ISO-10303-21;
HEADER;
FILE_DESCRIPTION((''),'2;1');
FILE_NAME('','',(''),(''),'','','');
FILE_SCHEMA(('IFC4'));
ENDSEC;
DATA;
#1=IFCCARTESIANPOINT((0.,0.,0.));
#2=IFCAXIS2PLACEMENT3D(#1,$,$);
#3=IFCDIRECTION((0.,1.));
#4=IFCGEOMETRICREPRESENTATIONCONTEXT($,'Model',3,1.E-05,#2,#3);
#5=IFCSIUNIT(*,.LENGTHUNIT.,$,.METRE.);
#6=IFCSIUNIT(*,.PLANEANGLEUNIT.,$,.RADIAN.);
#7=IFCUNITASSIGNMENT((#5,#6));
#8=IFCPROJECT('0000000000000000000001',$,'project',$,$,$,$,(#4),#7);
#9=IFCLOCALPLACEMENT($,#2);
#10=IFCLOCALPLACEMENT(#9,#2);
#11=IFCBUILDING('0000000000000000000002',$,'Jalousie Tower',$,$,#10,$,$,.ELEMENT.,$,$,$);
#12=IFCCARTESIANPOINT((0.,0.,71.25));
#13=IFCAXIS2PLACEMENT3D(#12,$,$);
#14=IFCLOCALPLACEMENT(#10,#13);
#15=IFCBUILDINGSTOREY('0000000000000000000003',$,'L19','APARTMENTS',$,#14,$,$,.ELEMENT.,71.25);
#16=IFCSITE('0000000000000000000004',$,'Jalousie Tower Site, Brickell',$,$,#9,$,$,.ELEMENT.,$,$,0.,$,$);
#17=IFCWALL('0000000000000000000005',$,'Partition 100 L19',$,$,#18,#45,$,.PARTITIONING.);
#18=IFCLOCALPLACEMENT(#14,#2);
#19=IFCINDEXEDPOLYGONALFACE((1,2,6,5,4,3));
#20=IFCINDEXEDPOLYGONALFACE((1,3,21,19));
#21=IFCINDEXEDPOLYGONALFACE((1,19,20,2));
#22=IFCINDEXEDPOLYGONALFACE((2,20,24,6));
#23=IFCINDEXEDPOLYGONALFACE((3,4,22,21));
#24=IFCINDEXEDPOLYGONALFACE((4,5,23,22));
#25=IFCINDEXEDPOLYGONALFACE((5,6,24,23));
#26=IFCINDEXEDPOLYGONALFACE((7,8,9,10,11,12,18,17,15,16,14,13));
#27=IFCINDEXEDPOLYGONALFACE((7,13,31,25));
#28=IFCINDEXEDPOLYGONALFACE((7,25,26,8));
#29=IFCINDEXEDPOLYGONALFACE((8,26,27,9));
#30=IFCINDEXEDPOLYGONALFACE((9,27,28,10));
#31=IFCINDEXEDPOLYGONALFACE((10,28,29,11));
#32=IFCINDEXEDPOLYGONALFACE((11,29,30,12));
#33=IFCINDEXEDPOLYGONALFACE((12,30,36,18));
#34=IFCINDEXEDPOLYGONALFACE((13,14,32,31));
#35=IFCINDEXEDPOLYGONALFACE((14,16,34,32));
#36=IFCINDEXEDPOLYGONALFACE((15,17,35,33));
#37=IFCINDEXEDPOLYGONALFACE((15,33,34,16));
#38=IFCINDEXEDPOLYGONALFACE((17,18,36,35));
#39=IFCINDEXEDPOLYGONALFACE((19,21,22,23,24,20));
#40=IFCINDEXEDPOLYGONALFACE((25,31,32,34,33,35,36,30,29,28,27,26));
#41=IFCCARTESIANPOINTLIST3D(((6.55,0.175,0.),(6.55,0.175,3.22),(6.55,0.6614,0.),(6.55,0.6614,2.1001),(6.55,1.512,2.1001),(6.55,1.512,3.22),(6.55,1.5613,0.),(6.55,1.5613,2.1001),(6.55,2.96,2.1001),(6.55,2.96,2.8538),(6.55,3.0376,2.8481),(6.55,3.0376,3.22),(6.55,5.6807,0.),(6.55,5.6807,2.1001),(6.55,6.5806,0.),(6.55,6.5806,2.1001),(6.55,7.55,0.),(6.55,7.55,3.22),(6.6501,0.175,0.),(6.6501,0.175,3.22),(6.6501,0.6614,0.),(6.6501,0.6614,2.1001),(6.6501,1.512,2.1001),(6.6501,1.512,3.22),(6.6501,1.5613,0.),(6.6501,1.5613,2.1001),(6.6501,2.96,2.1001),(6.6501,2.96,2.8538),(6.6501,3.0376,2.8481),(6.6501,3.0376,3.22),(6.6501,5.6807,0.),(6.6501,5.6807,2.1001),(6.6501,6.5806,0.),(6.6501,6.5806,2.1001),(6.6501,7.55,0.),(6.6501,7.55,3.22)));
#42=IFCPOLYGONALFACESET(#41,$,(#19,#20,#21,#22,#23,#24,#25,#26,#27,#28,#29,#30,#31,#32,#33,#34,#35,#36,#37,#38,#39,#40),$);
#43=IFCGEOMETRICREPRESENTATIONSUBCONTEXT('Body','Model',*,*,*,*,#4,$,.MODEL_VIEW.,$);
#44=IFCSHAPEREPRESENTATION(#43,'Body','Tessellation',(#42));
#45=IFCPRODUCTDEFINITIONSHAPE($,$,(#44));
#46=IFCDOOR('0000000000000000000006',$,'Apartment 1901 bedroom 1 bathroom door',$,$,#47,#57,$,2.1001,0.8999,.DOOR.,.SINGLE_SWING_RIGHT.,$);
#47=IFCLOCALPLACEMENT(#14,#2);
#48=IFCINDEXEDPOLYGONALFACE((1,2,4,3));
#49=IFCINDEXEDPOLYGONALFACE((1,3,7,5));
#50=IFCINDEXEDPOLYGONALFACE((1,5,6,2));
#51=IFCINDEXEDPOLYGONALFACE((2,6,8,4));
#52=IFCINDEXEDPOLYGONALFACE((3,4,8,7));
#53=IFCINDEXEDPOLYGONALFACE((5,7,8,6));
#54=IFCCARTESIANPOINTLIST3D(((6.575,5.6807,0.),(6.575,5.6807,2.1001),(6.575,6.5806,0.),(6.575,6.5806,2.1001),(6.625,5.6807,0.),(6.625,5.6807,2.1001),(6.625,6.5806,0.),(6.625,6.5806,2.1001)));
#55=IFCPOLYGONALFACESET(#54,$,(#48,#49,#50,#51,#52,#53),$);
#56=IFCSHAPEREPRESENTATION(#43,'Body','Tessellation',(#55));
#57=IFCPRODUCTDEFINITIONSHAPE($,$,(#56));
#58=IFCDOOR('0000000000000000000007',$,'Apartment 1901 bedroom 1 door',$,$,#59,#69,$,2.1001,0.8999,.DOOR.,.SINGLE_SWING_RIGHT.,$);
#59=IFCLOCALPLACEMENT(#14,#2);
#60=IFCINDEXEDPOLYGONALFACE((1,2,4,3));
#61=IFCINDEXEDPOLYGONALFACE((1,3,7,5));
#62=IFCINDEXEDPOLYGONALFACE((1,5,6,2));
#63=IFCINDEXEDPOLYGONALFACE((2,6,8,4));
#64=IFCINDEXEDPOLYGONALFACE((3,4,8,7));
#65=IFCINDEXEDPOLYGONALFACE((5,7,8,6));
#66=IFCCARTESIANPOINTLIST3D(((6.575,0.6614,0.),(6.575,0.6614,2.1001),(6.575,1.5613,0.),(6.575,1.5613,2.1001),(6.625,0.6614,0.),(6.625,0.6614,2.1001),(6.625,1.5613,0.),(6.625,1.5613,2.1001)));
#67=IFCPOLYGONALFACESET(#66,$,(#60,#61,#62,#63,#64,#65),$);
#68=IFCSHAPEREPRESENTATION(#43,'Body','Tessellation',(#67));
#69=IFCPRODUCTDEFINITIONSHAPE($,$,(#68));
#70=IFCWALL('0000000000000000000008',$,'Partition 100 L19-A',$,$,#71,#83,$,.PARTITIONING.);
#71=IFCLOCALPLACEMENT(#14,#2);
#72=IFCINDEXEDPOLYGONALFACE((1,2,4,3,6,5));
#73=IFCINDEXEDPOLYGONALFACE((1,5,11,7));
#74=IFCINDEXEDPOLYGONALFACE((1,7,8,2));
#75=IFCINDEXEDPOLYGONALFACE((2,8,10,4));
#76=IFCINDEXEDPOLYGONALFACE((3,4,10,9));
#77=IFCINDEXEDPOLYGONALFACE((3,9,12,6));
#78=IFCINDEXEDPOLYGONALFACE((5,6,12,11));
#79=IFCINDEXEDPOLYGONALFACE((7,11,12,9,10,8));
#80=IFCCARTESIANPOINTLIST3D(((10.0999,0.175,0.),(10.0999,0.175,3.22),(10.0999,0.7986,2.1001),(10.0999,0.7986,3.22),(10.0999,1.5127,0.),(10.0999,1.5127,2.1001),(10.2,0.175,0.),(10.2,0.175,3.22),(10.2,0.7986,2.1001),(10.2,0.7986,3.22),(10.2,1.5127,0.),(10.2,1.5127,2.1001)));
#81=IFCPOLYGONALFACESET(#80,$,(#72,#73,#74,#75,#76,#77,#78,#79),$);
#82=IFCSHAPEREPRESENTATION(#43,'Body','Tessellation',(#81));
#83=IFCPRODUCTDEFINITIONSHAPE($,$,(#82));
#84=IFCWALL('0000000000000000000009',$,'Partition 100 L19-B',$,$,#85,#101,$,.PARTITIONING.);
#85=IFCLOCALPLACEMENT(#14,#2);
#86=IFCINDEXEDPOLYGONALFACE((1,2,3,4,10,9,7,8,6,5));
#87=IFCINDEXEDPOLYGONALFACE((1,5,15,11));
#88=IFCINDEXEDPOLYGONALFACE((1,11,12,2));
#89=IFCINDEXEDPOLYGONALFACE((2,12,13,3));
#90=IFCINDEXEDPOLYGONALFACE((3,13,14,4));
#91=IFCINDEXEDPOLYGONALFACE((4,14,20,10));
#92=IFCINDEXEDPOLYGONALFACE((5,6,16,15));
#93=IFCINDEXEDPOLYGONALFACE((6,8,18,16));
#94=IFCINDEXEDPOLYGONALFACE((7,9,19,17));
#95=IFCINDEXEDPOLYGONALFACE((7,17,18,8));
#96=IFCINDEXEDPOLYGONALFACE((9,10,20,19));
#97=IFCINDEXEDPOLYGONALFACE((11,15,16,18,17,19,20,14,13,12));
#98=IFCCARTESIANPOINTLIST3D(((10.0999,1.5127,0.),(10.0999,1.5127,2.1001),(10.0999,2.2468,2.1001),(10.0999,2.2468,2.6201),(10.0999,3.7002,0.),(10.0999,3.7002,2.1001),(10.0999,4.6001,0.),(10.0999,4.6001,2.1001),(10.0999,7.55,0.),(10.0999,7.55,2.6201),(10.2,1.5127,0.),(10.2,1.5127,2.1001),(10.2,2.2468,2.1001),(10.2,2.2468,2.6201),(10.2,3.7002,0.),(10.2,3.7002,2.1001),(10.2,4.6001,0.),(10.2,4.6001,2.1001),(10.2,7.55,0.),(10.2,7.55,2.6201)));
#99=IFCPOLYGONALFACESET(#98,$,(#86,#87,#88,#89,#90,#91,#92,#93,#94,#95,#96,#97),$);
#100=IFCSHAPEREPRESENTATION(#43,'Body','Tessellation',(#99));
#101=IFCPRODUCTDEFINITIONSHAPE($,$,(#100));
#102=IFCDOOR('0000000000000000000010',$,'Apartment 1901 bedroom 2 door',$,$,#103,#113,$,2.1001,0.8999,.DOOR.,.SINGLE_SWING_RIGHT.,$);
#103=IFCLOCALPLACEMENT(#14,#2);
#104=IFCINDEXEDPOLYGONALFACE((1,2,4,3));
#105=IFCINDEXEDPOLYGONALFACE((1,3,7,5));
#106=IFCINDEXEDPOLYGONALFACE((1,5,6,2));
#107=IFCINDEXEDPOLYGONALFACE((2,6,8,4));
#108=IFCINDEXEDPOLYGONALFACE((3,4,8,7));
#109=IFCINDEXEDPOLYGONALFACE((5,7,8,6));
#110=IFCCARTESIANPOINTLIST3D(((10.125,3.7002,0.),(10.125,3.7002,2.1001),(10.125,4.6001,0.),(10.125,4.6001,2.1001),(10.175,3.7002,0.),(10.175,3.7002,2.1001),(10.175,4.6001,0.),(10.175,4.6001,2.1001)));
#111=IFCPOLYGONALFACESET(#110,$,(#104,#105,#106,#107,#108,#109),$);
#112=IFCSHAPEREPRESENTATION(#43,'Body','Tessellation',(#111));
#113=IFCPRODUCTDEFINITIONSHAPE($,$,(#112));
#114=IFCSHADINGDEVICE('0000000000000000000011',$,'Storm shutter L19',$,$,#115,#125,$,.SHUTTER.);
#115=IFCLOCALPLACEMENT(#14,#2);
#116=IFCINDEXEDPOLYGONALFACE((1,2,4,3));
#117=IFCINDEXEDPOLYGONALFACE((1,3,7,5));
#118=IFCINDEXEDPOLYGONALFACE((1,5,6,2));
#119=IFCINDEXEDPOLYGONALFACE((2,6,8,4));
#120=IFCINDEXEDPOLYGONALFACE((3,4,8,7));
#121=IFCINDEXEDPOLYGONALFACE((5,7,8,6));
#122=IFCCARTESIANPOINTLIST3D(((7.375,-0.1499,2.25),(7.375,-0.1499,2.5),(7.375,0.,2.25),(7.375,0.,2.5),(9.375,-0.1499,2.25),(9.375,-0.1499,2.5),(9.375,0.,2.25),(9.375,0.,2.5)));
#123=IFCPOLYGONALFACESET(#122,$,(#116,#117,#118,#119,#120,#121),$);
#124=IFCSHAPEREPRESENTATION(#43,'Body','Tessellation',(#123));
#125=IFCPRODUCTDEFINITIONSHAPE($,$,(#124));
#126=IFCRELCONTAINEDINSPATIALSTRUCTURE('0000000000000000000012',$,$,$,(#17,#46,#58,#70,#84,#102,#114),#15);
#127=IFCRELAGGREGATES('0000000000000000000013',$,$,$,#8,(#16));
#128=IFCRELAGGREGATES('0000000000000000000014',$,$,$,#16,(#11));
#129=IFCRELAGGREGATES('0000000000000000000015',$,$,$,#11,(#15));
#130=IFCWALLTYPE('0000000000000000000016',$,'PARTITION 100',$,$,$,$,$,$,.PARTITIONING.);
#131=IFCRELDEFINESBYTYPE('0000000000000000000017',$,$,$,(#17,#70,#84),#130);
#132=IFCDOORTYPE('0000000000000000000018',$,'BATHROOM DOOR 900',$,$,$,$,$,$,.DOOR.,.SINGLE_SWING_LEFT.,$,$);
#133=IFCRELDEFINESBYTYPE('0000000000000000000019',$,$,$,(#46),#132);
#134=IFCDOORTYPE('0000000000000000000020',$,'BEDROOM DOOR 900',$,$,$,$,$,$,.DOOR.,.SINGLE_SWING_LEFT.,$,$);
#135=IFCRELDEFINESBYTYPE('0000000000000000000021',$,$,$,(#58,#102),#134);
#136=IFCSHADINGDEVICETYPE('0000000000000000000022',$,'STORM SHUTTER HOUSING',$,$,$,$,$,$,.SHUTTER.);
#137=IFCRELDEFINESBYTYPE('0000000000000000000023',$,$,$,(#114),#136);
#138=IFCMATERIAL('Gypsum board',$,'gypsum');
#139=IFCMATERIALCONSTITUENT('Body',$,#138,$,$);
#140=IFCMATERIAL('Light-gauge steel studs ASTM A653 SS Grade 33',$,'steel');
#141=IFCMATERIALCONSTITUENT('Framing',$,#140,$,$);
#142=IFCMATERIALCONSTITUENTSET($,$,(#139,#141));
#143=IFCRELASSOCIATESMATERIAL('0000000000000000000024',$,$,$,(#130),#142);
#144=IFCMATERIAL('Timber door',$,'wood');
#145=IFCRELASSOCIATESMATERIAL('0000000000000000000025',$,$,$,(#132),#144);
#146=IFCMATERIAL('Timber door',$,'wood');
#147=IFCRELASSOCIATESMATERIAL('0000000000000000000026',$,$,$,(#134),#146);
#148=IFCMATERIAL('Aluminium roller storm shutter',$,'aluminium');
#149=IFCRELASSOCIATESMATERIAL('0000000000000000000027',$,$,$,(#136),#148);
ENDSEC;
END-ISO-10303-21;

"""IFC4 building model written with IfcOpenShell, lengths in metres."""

from ifc_helpers import new_model, si_unit, direction, frame, frame_2d, origin, origin_2d, place, context, subcontext, project, spatial, polyline, rectangle, outline, extrude, material, constituent, constituent_set, type_object, element, fill, save


model = new_model("IFC4")

# Units and contexts
model_context = context("Model", 3, precision=1e-05, world=origin(), true_north=direction((0.0, 1.0)))
body_context = subcontext(model_context, "Body", "Model", "MODEL_VIEW")
ifc_project = project(units=[si_unit("LENGTHUNIT", "METRE"), si_unit("PLANEANGLEUNIT", "RADIAN")], contexts=[model_context])

# Site, building, storey
site_placement = place(None, origin())
site = spatial("IfcSite", under=ifc_project, at=site_placement, Name="Jalousie Tower Site, Brickell", CompositionType="ELEMENT", RefElevation=0.0)
building_placement = place(site_placement, origin())
building = spatial("IfcBuilding", under=site, at=building_placement, Name="Jalousie Tower", CompositionType="ELEMENT")
storey_placement = place(building_placement, frame((0.0, 0.0, 71.25)))
storey = spatial("IfcBuildingStorey", under=building, at=storey_placement, Name="L19", Description="APARTMENTS", CompositionType="ELEMENT", Elevation=71.25)

# Wall, openings, doors
ifc_material_1 = material(Name="Gypsum board", Category="gypsum")
ifc_constituent_1 = constituent(ifc_material_1, Name="Body")
ifc_material_2 = material(Name="Light-gauge steel studs ASTM A653 SS Grade 33", Category="steel")
ifc_constituent_2 = constituent(ifc_material_2, Name="Framing")
ifc_constituent_set_1 = constituent_set(constituents=[ifc_constituent_1, ifc_constituent_2])
wall_type_1 = type_object("IfcWallType", Name="PARTITION 100", PredefinedType="PARTITIONING", material=ifc_constituent_set_1)
wall_1_placement = place(storey_placement, frame((6.6001, 0.175, 0.0), z_axis=(0.0, 0.0, 1.0), x_axis=(0.0, 1.0, 0.0)))
wall_1 = element("IfcWall", 1, at=wall_1_placement, inside=storey, type_object=wall_type_1, Name="Partition 100 L19", PredefinedType="PARTITIONING", context=body_context, shape_type="SweptSolid", body=[
    extrude(outline(polyline([(0.0, 0.0), (7.375, 0.0), (7.375, 3.22), (2.8625, 3.22), (2.8625, 2.8481), (2.7849, 2.8538), (2.7849, 2.1001), (1.3369, 2.1001), (1.3369, 3.22), (0.0, 3.22), (0.0, 0.0)])), frame((0.0, 0.05, 0.0), z_axis=(0.0, -1.0, 0.0), x_axis=(1.0, 0.0, 0.0)), (0.0, 0.0, 1.0), 0.1001),
])
opening_1_placement = place(wall_1_placement, frame((0.4863, 0.0, 0.0)))
opening_1 = element("IfcOpeningElement", 2, at=opening_1_placement, cuts=wall_1, PredefinedType="OPENING", context=body_context, shape_type="SweptSolid", body=[
    extrude(rectangle(XDim=0.8999, YDim=2.1001, at=frame_2d((0.45, 1.05))), frame((0.0, 0.0601, 0.0), z_axis=(0.0, -1.0, 0.0), x_axis=(1.0, 0.0, 0.0)), (0.0, 0.0, 1.0), 0.1201),
])
opening_2_placement = place(wall_1_placement, frame((5.5056, 0.0, 0.0)))
opening_2 = element("IfcOpeningElement", 3, at=opening_2_placement, cuts=wall_1, PredefinedType="OPENING", context=body_context, shape_type="SweptSolid", body=[
    extrude(rectangle(XDim=0.8999, YDim=2.1001, at=frame_2d((0.45, 1.05))), frame((0.0, 0.0601, 0.0), z_axis=(0.0, -1.0, 0.0), x_axis=(1.0, 0.0, 0.0)), (0.0, 0.0, 1.0), 0.1201),
])
ifc_material_3 = material(Name="Timber door", Category="wood")
door_type_1 = type_object("IfcDoorType", Name="BATHROOM DOOR 900", OperationType="SINGLE_SWING_LEFT", PredefinedType="DOOR", material=ifc_material_3)
door_1_placement = place(opening_2_placement, frame((0.8999, 0.0, 0.0), z_axis=(0.0, 0.0, 1.0), x_axis=(-1.0, 0.0, 0.0)))
door_1 = element("IfcDoor", 4, at=door_1_placement, inside=storey, type_object=door_type_1, Name="Apartment 1901 bedroom 1 bathroom door", OperationType="SINGLE_SWING_RIGHT", OverallHeight=2.1001, OverallWidth=0.8999, PredefinedType="DOOR", context=body_context, shape_type="SweptSolid", body=[
    extrude(rectangle(XDim=0.8999, YDim=2.1001, at=frame_2d((0.45, 1.05))), frame((0.0, 0.0249, 0.0), z_axis=(0.0, -1.0, 0.0), x_axis=(1.0, 0.0, 0.0)), (0.0, 0.0, 1.0), 0.05),
])
fill(opening_2, door_1)
ifc_material_4 = material(Name="Timber door", Category="wood")
door_type_2 = type_object("IfcDoorType", Name="BEDROOM DOOR 900", OperationType="SINGLE_SWING_LEFT", PredefinedType="DOOR", material=ifc_material_4)
door_2_placement = place(opening_1_placement, frame((0.8999, 0.0, 0.0), z_axis=(0.0, 0.0, 1.0), x_axis=(-1.0, 0.0, 0.0)))
door_2 = element("IfcDoor", 5, at=door_2_placement, inside=storey, type_object=door_type_2, Name="Apartment 1901 bedroom 1 door", OperationType="SINGLE_SWING_RIGHT", OverallHeight=2.1001, OverallWidth=0.8999, PredefinedType="DOOR", context=body_context, shape_type="SweptSolid", body=[
    extrude(rectangle(XDim=0.8999, YDim=2.1001, at=frame_2d((0.45, 1.05))), frame((0.0, 0.0249, 0.0), z_axis=(0.0, -1.0, 0.0), x_axis=(1.0, 0.0, 0.0)), (0.0, 0.0, 1.0), 0.05),
])
fill(opening_1, door_2)

# Wall
wall_2_placement = place(storey_placement, frame((10.1499, 0.175, 0.0), z_axis=(0.0, 0.0, 1.0), x_axis=(0.0, 1.0, 0.0)))
element("IfcWall", 6, at=wall_2_placement, inside=storey, type_object=wall_type_1, Name="Partition 100 L19-A", PredefinedType="PARTITIONING", context=body_context, shape_type="SweptSolid", body=[
    extrude(outline(polyline([(0.0, 0.0), (1.3376, 0.0), (1.3376, 2.1001), (0.6235, 2.1001), (0.6235, 3.22), (0.0, 3.22), (0.0, 0.0)])), frame((0.0, 0.05, 0.0), z_axis=(0.0, -1.0, 0.0), x_axis=(1.0, 0.0, 0.0)), (0.0, 0.0, 1.0), 0.1001),
])

# Wall, opening, door
wall_3_placement = place(storey_placement, frame((10.1499, 1.5127, 0.0), z_axis=(0.0, 0.0, 1.0), x_axis=(0.0, 1.0, 0.0)))
wall_3 = element("IfcWall", 7, at=wall_3_placement, inside=storey, type_object=wall_type_1, Name="Partition 100 L19-B", PredefinedType="PARTITIONING", context=body_context, shape_type="SweptSolid", body=[
    extrude(outline(polyline([(0.0, 0.0), (6.0374, 0.0), (6.0374, 2.6201), (0.7341, 2.6201), (0.7341, 2.1001), (0.0, 2.1001), (0.0, 0.0)])), frame((0.0, 0.05, 0.0), z_axis=(0.0, -1.0, 0.0), x_axis=(1.0, 0.0, 0.0)), (0.0, 0.0, 1.0), 0.1001),
])
opening_3_placement = place(wall_3_placement, frame((2.1875, 0.0, 0.0)))
opening_3 = element("IfcOpeningElement", 8, at=opening_3_placement, cuts=wall_3, PredefinedType="OPENING", context=body_context, shape_type="SweptSolid", body=[
    extrude(rectangle(XDim=0.8999, YDim=2.1001, at=frame_2d((0.45, 1.05))), frame((0.0, 0.0601, 0.0), z_axis=(0.0, -1.0, 0.0), x_axis=(1.0, 0.0, 0.0)), (0.0, 0.0, 1.0), 0.1201),
])
door_3_placement = place(opening_3_placement, origin())
door_3 = element("IfcDoor", 9, at=door_3_placement, inside=storey, type_object=door_type_2, Name="Apartment 1901 bedroom 2 door", OperationType="SINGLE_SWING_RIGHT", OverallHeight=2.1001, OverallWidth=0.8999, PredefinedType="DOOR", context=body_context, shape_type="SweptSolid", body=[
    extrude(rectangle(XDim=0.8999, YDim=2.1001, at=frame_2d((0.45, 1.05))), frame((0.0, 0.0249, 0.0), z_axis=(0.0, -1.0, 0.0), x_axis=(1.0, 0.0, 0.0)), (0.0, 0.0, 1.0), 0.05),
])
fill(opening_3, door_3)

# Shading device
ifc_material_5 = material(Name="Aluminium roller storm shutter", Category="aluminium")
shading_device_type = type_object("IfcShadingDeviceType", Name="STORM SHUTTER HOUSING", PredefinedType="SHUTTER", material=ifc_material_5)
shading_device_placement = place(storey_placement, frame((8.375, -0.075, 2.25), z_axis=(0.0, 0.0, 1.0), x_axis=(1.0, 0.0, 0.0)))
element("IfcShadingDevice", 10, at=shading_device_placement, inside=storey, type_object=shading_device_type, Name="Storm shutter L19", PredefinedType="SHUTTER", context=body_context, shape_type="SweptSolid", body=[
    extrude(rectangle(XDim=2.0, YDim=0.1499, at=origin_2d()), origin(), (0.0, 0.0, 1.0), 0.25),
])

save(model, "model.ifc")
